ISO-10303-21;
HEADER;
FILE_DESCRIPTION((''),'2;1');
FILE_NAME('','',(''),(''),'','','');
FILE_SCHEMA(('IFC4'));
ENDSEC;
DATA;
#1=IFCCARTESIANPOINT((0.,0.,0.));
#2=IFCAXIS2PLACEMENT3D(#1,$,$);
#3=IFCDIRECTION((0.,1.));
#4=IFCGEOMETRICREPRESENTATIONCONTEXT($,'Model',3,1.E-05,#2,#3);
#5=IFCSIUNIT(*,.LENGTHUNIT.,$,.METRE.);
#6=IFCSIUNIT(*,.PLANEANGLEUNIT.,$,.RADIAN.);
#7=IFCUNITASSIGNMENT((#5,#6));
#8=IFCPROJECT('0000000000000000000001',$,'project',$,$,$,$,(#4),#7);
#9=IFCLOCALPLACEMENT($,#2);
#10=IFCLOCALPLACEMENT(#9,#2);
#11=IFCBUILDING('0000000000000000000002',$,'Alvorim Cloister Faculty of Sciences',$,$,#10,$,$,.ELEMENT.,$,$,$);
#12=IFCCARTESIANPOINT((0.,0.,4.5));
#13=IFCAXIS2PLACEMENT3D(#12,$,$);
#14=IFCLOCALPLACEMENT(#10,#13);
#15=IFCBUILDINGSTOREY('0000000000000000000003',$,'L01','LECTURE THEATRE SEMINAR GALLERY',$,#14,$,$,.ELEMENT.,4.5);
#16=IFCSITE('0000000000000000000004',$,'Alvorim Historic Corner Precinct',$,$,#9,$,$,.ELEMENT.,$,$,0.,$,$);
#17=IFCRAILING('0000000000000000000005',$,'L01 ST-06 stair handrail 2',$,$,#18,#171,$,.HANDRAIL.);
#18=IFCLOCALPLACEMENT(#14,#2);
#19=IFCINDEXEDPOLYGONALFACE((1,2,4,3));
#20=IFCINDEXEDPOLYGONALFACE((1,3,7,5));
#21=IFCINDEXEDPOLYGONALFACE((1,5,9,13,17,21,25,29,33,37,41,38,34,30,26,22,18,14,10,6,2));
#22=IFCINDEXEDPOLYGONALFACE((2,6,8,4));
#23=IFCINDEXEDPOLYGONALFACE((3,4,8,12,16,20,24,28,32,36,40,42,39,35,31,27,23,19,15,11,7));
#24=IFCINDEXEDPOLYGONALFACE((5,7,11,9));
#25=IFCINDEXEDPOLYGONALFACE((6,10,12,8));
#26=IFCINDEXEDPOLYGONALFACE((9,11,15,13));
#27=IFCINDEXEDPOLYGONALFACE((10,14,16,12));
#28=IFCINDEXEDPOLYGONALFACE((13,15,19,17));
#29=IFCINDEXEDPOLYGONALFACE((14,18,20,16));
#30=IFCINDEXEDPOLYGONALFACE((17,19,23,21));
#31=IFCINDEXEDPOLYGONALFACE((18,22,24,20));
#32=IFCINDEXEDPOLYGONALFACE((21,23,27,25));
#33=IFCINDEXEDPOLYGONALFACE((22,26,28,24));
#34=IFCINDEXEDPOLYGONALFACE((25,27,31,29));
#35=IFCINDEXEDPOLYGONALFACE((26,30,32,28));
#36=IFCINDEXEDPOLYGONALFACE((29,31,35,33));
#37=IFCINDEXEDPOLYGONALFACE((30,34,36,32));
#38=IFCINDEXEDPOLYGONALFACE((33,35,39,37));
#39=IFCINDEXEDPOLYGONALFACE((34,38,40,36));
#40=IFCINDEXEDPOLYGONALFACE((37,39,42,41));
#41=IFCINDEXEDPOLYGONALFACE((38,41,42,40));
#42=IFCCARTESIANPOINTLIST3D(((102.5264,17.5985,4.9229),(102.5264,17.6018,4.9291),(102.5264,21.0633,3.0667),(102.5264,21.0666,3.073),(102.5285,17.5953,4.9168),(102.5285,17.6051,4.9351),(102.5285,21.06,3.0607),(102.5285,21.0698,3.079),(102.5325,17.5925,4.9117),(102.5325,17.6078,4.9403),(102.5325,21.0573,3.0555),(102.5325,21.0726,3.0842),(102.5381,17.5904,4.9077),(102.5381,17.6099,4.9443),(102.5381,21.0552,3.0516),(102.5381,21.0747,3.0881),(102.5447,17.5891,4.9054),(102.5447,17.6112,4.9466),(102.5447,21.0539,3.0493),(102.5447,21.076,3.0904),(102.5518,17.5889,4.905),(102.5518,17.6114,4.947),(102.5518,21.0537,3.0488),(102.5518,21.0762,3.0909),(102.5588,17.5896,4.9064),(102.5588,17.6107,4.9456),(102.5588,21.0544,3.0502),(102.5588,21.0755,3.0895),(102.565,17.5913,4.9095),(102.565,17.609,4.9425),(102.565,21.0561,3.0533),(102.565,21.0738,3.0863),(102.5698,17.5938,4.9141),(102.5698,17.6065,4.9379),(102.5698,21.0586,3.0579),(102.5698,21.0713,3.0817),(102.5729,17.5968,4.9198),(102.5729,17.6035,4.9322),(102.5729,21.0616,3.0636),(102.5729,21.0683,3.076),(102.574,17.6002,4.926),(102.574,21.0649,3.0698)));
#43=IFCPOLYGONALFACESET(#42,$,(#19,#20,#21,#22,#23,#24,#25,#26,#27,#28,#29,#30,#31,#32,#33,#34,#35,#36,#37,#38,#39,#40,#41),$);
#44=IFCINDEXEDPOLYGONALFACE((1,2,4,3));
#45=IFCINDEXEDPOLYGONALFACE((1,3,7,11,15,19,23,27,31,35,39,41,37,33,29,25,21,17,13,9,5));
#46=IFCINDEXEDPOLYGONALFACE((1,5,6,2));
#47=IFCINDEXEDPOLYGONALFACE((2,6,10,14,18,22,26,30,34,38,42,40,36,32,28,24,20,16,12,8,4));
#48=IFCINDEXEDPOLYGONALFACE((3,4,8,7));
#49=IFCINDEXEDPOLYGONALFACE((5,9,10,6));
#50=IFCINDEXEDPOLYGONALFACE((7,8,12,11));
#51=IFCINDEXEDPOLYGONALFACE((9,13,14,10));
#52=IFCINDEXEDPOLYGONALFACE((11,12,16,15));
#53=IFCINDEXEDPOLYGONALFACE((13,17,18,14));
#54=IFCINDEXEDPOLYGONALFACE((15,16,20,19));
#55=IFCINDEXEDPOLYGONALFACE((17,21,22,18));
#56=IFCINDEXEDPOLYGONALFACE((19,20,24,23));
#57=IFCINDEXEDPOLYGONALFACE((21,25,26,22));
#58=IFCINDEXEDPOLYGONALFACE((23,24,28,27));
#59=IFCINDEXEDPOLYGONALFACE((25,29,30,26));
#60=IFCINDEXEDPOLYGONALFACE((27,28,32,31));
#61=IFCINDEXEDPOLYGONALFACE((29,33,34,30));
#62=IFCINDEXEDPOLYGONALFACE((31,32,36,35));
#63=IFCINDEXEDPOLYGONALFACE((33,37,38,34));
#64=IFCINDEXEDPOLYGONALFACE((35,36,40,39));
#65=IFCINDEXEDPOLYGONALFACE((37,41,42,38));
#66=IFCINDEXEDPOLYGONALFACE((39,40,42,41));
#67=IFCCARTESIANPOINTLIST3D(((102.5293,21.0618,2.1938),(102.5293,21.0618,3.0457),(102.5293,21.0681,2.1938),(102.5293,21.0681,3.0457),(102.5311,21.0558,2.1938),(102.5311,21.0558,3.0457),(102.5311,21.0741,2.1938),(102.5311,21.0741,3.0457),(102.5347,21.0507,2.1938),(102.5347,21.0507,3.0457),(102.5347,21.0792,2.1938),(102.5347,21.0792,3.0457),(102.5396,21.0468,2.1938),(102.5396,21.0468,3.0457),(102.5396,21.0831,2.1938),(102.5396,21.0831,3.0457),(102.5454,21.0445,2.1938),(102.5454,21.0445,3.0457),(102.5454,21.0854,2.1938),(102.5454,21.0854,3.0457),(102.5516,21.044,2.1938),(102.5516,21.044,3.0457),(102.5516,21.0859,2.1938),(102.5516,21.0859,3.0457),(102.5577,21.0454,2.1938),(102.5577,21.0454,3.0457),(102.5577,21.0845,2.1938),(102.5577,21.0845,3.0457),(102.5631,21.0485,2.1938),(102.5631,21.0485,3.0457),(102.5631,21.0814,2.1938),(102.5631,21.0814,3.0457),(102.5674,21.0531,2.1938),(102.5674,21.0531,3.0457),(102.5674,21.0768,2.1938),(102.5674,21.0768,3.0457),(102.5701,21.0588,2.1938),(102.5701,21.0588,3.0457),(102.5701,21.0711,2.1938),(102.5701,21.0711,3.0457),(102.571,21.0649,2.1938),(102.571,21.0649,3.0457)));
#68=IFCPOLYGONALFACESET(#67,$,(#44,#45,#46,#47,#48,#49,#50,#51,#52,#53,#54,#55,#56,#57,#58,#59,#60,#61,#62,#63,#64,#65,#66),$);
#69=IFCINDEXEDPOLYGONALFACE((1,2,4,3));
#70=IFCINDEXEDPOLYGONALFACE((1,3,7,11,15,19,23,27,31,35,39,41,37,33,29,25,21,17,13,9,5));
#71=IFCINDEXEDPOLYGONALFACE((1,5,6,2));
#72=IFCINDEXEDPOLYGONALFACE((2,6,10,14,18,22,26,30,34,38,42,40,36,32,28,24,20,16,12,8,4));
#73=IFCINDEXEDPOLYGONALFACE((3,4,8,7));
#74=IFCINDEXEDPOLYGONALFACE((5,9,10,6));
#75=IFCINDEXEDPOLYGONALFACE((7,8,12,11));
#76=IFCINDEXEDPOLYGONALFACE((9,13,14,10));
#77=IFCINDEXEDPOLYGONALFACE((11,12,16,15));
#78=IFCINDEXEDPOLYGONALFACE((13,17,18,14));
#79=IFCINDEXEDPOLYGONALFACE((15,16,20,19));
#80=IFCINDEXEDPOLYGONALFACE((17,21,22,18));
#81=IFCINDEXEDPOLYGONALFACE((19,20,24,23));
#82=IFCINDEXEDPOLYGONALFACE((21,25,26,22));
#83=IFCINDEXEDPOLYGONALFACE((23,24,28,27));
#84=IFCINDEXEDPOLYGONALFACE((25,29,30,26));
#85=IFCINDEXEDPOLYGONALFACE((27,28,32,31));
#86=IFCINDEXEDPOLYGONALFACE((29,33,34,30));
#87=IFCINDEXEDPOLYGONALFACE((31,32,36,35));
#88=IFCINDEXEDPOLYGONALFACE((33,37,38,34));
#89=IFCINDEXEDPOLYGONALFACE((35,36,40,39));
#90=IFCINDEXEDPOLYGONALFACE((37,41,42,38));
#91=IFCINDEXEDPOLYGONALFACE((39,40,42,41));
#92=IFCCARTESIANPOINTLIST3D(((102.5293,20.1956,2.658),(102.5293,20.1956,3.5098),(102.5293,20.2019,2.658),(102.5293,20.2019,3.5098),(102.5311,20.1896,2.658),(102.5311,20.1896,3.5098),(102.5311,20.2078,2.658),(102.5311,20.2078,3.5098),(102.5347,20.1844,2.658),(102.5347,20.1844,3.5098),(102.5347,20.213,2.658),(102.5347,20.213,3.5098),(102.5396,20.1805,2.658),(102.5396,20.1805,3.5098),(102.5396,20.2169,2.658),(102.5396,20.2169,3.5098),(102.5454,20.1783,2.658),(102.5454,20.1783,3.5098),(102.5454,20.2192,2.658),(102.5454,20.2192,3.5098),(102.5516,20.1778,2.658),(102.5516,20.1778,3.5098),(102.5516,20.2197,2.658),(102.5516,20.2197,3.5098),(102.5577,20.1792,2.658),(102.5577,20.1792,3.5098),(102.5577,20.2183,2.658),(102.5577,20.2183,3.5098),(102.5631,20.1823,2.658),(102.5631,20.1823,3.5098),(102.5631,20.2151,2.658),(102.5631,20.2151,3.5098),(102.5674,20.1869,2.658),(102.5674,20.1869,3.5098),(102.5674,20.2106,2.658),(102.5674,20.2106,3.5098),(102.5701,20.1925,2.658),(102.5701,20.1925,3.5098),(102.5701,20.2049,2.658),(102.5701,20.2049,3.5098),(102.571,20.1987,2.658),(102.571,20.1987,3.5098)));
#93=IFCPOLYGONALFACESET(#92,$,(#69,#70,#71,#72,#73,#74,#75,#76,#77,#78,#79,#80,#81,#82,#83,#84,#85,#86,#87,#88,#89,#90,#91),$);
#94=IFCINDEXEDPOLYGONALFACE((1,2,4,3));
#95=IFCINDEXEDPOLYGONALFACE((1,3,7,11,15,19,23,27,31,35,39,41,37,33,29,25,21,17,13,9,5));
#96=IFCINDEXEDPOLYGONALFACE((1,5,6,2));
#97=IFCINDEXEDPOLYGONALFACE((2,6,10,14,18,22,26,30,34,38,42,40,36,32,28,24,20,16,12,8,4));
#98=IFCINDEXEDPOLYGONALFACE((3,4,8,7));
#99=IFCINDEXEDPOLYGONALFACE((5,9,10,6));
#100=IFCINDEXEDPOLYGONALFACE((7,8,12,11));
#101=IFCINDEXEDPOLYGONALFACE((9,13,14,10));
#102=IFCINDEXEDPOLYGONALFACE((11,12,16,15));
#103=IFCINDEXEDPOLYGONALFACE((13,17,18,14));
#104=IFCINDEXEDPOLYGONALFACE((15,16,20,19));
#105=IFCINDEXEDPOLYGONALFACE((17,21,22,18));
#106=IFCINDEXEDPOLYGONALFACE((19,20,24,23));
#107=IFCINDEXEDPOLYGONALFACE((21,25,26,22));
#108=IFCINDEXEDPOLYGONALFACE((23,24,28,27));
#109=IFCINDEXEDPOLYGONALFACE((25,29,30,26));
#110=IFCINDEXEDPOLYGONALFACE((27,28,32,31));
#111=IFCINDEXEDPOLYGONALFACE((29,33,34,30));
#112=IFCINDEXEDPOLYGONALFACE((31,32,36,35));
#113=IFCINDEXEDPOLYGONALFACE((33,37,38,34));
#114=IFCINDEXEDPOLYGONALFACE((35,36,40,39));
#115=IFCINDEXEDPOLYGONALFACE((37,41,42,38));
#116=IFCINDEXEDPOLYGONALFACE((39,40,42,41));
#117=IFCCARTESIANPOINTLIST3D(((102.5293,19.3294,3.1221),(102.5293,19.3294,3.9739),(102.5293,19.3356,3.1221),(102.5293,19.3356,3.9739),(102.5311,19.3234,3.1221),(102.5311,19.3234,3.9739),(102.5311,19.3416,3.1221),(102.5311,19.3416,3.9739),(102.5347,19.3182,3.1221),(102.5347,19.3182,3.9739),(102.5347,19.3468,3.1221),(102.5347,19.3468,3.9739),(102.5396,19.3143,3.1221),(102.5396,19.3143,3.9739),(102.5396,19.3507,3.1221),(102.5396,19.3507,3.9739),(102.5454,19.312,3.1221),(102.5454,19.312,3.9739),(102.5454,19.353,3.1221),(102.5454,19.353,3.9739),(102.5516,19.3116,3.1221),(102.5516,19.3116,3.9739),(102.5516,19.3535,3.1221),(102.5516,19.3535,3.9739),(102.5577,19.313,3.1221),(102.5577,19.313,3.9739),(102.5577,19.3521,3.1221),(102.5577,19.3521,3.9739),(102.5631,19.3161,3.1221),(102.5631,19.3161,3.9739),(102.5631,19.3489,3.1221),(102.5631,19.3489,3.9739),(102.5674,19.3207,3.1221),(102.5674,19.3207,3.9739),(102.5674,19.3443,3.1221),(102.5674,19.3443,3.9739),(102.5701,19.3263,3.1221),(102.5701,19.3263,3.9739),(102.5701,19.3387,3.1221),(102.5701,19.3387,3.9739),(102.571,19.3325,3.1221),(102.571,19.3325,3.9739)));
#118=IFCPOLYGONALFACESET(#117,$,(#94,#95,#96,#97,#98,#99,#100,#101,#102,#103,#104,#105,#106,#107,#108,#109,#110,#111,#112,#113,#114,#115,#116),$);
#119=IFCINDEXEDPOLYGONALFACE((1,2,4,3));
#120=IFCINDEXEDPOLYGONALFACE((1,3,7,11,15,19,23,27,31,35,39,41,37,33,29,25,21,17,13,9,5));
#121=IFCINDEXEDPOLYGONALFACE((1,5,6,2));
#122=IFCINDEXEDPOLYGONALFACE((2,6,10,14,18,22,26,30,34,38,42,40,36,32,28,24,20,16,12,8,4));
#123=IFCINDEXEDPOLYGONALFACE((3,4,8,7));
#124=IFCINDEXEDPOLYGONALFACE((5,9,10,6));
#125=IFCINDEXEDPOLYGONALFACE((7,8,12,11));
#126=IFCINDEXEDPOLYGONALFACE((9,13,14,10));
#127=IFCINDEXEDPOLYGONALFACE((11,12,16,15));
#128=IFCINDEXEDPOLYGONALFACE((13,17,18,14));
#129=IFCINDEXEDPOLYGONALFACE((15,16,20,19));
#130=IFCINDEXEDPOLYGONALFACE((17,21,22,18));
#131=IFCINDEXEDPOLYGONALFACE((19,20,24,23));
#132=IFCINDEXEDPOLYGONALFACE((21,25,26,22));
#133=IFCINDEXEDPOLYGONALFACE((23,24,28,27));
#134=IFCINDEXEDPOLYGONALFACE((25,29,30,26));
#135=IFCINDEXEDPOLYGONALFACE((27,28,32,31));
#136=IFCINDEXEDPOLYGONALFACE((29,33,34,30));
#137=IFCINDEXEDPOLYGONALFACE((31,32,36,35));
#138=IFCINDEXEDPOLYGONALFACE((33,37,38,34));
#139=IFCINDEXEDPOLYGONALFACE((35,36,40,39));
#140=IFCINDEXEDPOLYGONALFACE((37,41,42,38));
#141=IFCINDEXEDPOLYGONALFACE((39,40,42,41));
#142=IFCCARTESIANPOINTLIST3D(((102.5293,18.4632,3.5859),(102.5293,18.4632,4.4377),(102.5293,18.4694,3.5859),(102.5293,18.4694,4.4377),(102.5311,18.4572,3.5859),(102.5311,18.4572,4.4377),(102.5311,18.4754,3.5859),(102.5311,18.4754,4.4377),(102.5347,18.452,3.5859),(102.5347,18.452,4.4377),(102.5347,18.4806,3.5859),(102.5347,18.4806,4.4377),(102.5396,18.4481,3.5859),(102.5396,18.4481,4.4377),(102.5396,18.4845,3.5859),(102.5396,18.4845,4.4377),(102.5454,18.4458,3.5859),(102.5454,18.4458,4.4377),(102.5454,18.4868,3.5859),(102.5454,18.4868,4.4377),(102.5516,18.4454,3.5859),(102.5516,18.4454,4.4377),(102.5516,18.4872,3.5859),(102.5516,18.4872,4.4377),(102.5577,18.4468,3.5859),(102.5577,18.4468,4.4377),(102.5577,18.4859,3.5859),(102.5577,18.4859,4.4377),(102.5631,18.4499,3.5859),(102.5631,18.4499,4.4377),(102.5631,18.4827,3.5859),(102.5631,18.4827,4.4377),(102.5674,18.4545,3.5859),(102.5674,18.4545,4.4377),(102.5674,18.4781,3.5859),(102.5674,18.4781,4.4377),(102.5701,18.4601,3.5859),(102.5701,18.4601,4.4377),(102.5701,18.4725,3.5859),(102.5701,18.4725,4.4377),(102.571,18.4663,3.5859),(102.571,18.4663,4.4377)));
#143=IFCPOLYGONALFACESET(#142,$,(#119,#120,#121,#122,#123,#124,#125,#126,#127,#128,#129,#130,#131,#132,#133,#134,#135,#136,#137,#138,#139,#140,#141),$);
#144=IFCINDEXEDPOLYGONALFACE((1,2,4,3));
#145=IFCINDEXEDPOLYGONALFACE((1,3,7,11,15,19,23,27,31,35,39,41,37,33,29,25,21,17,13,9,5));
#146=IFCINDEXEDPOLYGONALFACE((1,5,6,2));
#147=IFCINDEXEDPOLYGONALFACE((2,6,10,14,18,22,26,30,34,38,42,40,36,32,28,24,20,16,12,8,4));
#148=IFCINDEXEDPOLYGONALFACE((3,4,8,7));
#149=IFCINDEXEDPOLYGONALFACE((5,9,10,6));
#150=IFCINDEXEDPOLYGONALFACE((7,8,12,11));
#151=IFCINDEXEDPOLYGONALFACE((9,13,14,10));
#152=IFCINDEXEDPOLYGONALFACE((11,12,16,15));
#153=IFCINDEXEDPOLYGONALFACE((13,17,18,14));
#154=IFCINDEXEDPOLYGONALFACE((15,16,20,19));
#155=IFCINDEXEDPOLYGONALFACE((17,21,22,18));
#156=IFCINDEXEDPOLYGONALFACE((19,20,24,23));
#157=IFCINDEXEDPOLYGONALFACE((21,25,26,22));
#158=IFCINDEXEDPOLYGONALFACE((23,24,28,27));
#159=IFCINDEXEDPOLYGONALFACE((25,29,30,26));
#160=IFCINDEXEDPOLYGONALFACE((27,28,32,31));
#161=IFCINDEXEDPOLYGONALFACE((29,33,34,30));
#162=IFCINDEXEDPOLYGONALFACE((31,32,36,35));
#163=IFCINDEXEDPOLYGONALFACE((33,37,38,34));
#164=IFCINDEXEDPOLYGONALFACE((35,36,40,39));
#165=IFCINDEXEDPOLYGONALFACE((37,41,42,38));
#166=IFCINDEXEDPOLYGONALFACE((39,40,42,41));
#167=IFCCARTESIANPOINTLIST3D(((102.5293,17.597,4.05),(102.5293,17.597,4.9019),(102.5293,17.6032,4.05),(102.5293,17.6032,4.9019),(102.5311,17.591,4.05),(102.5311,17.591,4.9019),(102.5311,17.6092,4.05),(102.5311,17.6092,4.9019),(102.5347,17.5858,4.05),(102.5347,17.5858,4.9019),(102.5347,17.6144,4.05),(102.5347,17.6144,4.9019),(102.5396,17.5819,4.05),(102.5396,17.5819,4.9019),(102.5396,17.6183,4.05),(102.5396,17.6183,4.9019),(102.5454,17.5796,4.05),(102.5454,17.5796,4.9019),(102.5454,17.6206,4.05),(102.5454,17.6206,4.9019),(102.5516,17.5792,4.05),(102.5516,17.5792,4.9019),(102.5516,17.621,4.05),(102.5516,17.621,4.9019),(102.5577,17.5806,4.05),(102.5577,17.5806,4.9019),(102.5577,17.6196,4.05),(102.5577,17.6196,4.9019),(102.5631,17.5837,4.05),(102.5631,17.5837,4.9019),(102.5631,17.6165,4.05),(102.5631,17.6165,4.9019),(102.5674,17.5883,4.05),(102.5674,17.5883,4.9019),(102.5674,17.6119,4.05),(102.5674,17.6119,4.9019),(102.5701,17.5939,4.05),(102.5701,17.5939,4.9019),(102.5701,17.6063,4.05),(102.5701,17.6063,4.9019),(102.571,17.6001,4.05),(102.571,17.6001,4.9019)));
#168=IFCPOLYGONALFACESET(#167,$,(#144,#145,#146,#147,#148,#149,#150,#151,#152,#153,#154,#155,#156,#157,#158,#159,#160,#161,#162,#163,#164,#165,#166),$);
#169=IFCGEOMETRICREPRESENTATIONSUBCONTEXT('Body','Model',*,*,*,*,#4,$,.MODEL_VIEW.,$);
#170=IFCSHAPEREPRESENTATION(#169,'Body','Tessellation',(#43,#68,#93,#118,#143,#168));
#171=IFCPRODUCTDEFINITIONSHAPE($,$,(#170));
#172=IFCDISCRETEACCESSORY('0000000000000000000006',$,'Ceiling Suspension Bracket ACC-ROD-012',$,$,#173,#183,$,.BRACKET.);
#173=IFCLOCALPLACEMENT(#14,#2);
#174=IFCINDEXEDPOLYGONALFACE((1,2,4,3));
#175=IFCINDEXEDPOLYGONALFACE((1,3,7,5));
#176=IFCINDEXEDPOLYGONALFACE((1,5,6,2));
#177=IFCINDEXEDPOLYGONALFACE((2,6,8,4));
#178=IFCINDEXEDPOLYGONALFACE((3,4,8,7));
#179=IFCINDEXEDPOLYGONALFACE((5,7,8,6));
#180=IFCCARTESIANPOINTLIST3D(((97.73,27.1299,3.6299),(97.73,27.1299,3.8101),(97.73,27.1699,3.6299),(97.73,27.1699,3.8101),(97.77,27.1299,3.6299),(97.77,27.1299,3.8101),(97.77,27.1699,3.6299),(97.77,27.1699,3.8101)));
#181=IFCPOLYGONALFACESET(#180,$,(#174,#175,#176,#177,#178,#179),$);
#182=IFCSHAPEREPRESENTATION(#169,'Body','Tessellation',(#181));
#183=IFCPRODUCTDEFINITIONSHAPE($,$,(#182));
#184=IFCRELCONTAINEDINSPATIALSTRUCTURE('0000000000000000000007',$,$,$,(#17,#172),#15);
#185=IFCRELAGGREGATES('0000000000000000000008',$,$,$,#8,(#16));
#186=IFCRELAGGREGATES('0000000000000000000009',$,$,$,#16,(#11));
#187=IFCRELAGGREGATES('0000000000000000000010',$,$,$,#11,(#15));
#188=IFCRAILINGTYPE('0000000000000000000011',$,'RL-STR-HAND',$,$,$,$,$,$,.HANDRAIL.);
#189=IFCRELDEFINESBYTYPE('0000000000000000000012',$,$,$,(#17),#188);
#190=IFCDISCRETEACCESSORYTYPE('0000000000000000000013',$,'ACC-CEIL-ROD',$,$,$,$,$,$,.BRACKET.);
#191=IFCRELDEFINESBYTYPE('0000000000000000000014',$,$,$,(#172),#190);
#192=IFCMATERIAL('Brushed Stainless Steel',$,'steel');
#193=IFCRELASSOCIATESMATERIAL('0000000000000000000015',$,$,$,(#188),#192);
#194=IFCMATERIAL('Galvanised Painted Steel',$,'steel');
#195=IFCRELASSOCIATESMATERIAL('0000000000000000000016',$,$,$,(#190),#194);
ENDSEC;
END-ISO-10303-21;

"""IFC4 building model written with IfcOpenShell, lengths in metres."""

from ifc_helpers import new_model, si_unit, direction, frame, origin, origin_2d, place, context, subcontext, project, spatial, rectangle, circle, extrude, material, type_object, element, save


model = new_model("IFC4")

# Units and contexts
model_context = context("Model", 3, precision=1e-05, world=origin(), true_north=direction((0.0, 1.0)))
body_context = subcontext(model_context, "Body", "Model", "MODEL_VIEW")
ifc_project = project(units=[si_unit("LENGTHUNIT", "METRE"), si_unit("PLANEANGLEUNIT", "RADIAN")], contexts=[model_context])

# Site, building, storey
site_placement = place(None, origin())
site = spatial("IfcSite", under=ifc_project, at=site_placement, Name="Alvorim Historic Corner Precinct", CompositionType="ELEMENT", RefElevation=0.0)
building_placement = place(site_placement, origin())
building = spatial("IfcBuilding", under=site, at=building_placement, Name="Alvorim Cloister Faculty of Sciences", CompositionType="ELEMENT")
storey_placement = place(building_placement, frame((0.0, 0.0, 4.5)))
storey = spatial("IfcBuildingStorey", under=building, at=storey_placement, Name="L01", Description="LECTURE THEATRE SEMINAR GALLERY", CompositionType="ELEMENT", Elevation=4.5)

# Railing
ifc_material_1 = material(Name="Galvanised Painted Steel", Category="steel")
ifc_material_2 = material(Name="Brushed Stainless Steel", Category="steel")
railing_type_1 = type_object("IfcRailingType", Name="RL-STR-HAND", PredefinedType="HANDRAIL", material=ifc_material_2)
railing_1_placement = place(storey_placement, frame((102.55, 21.0649, 2.1938)))
element("IfcRailing", 1, at=railing_1_placement, inside=storey, type_object=railing_type_1, Name="L01 ST-06 stair handrail 2", PredefinedType="HANDRAIL", context=body_context, shape_type="SweptSolid", body=[
    extrude(circle(Radius=0.0239, at=origin_2d()), frame((0.0, 0.0, 0.876), z_axis=(0.0, -0.881476, 0.472228), x_axis=(1.0, 0.0, 0.0)), (0.0, 0.0, 1.0), 3.9307),
    extrude(circle(Radius=0.021, at=origin_2d()), origin(), (0.0, 0.0, 1.0), 0.8518),
    extrude(circle(Radius=0.021, at=origin_2d()), frame((0.0, -0.8662, 0.4641)), (0.0, 0.0, 1.0), 0.8518),
    extrude(circle(Radius=0.021, at=origin_2d()), frame((0.0, -1.7324, 0.9282)), (0.0, 0.0, 1.0), 0.8518),
    extrude(circle(Radius=0.021, at=origin_2d()), frame((0.0, -2.5986, 1.3921)), (0.0, 0.0, 1.0), 0.8518),
    extrude(circle(Radius=0.021, at=origin_2d()), frame((0.0, -3.4648, 1.8562)), (0.0, 0.0, 1.0), 0.8518),
])

# Discrete accessory
discrete_accessory_type = type_object("IfcDiscreteAccessoryType", Name="ACC-CEIL-ROD", PredefinedType="BRACKET", material=ifc_material_1)
discrete_accessory_placement = place(storey_placement, frame((97.75, 27.1499, 3.6299), z_axis=(0.0, 0.0, 1.0), x_axis=(1.0, 0.0, 0.0)))
element("IfcDiscreteAccessory", 2, at=discrete_accessory_placement, inside=storey, type_object=discrete_accessory_type, Name="Ceiling Suspension Bracket ACC-ROD-012", PredefinedType="BRACKET", context=body_context, shape_type="SweptSolid", body=[
    extrude(rectangle(XDim=0.04, YDim=0.04, at=origin_2d()), origin(), (0.0, 0.0, 1.0), 0.1802),
])

save(model, "model.ifc")
